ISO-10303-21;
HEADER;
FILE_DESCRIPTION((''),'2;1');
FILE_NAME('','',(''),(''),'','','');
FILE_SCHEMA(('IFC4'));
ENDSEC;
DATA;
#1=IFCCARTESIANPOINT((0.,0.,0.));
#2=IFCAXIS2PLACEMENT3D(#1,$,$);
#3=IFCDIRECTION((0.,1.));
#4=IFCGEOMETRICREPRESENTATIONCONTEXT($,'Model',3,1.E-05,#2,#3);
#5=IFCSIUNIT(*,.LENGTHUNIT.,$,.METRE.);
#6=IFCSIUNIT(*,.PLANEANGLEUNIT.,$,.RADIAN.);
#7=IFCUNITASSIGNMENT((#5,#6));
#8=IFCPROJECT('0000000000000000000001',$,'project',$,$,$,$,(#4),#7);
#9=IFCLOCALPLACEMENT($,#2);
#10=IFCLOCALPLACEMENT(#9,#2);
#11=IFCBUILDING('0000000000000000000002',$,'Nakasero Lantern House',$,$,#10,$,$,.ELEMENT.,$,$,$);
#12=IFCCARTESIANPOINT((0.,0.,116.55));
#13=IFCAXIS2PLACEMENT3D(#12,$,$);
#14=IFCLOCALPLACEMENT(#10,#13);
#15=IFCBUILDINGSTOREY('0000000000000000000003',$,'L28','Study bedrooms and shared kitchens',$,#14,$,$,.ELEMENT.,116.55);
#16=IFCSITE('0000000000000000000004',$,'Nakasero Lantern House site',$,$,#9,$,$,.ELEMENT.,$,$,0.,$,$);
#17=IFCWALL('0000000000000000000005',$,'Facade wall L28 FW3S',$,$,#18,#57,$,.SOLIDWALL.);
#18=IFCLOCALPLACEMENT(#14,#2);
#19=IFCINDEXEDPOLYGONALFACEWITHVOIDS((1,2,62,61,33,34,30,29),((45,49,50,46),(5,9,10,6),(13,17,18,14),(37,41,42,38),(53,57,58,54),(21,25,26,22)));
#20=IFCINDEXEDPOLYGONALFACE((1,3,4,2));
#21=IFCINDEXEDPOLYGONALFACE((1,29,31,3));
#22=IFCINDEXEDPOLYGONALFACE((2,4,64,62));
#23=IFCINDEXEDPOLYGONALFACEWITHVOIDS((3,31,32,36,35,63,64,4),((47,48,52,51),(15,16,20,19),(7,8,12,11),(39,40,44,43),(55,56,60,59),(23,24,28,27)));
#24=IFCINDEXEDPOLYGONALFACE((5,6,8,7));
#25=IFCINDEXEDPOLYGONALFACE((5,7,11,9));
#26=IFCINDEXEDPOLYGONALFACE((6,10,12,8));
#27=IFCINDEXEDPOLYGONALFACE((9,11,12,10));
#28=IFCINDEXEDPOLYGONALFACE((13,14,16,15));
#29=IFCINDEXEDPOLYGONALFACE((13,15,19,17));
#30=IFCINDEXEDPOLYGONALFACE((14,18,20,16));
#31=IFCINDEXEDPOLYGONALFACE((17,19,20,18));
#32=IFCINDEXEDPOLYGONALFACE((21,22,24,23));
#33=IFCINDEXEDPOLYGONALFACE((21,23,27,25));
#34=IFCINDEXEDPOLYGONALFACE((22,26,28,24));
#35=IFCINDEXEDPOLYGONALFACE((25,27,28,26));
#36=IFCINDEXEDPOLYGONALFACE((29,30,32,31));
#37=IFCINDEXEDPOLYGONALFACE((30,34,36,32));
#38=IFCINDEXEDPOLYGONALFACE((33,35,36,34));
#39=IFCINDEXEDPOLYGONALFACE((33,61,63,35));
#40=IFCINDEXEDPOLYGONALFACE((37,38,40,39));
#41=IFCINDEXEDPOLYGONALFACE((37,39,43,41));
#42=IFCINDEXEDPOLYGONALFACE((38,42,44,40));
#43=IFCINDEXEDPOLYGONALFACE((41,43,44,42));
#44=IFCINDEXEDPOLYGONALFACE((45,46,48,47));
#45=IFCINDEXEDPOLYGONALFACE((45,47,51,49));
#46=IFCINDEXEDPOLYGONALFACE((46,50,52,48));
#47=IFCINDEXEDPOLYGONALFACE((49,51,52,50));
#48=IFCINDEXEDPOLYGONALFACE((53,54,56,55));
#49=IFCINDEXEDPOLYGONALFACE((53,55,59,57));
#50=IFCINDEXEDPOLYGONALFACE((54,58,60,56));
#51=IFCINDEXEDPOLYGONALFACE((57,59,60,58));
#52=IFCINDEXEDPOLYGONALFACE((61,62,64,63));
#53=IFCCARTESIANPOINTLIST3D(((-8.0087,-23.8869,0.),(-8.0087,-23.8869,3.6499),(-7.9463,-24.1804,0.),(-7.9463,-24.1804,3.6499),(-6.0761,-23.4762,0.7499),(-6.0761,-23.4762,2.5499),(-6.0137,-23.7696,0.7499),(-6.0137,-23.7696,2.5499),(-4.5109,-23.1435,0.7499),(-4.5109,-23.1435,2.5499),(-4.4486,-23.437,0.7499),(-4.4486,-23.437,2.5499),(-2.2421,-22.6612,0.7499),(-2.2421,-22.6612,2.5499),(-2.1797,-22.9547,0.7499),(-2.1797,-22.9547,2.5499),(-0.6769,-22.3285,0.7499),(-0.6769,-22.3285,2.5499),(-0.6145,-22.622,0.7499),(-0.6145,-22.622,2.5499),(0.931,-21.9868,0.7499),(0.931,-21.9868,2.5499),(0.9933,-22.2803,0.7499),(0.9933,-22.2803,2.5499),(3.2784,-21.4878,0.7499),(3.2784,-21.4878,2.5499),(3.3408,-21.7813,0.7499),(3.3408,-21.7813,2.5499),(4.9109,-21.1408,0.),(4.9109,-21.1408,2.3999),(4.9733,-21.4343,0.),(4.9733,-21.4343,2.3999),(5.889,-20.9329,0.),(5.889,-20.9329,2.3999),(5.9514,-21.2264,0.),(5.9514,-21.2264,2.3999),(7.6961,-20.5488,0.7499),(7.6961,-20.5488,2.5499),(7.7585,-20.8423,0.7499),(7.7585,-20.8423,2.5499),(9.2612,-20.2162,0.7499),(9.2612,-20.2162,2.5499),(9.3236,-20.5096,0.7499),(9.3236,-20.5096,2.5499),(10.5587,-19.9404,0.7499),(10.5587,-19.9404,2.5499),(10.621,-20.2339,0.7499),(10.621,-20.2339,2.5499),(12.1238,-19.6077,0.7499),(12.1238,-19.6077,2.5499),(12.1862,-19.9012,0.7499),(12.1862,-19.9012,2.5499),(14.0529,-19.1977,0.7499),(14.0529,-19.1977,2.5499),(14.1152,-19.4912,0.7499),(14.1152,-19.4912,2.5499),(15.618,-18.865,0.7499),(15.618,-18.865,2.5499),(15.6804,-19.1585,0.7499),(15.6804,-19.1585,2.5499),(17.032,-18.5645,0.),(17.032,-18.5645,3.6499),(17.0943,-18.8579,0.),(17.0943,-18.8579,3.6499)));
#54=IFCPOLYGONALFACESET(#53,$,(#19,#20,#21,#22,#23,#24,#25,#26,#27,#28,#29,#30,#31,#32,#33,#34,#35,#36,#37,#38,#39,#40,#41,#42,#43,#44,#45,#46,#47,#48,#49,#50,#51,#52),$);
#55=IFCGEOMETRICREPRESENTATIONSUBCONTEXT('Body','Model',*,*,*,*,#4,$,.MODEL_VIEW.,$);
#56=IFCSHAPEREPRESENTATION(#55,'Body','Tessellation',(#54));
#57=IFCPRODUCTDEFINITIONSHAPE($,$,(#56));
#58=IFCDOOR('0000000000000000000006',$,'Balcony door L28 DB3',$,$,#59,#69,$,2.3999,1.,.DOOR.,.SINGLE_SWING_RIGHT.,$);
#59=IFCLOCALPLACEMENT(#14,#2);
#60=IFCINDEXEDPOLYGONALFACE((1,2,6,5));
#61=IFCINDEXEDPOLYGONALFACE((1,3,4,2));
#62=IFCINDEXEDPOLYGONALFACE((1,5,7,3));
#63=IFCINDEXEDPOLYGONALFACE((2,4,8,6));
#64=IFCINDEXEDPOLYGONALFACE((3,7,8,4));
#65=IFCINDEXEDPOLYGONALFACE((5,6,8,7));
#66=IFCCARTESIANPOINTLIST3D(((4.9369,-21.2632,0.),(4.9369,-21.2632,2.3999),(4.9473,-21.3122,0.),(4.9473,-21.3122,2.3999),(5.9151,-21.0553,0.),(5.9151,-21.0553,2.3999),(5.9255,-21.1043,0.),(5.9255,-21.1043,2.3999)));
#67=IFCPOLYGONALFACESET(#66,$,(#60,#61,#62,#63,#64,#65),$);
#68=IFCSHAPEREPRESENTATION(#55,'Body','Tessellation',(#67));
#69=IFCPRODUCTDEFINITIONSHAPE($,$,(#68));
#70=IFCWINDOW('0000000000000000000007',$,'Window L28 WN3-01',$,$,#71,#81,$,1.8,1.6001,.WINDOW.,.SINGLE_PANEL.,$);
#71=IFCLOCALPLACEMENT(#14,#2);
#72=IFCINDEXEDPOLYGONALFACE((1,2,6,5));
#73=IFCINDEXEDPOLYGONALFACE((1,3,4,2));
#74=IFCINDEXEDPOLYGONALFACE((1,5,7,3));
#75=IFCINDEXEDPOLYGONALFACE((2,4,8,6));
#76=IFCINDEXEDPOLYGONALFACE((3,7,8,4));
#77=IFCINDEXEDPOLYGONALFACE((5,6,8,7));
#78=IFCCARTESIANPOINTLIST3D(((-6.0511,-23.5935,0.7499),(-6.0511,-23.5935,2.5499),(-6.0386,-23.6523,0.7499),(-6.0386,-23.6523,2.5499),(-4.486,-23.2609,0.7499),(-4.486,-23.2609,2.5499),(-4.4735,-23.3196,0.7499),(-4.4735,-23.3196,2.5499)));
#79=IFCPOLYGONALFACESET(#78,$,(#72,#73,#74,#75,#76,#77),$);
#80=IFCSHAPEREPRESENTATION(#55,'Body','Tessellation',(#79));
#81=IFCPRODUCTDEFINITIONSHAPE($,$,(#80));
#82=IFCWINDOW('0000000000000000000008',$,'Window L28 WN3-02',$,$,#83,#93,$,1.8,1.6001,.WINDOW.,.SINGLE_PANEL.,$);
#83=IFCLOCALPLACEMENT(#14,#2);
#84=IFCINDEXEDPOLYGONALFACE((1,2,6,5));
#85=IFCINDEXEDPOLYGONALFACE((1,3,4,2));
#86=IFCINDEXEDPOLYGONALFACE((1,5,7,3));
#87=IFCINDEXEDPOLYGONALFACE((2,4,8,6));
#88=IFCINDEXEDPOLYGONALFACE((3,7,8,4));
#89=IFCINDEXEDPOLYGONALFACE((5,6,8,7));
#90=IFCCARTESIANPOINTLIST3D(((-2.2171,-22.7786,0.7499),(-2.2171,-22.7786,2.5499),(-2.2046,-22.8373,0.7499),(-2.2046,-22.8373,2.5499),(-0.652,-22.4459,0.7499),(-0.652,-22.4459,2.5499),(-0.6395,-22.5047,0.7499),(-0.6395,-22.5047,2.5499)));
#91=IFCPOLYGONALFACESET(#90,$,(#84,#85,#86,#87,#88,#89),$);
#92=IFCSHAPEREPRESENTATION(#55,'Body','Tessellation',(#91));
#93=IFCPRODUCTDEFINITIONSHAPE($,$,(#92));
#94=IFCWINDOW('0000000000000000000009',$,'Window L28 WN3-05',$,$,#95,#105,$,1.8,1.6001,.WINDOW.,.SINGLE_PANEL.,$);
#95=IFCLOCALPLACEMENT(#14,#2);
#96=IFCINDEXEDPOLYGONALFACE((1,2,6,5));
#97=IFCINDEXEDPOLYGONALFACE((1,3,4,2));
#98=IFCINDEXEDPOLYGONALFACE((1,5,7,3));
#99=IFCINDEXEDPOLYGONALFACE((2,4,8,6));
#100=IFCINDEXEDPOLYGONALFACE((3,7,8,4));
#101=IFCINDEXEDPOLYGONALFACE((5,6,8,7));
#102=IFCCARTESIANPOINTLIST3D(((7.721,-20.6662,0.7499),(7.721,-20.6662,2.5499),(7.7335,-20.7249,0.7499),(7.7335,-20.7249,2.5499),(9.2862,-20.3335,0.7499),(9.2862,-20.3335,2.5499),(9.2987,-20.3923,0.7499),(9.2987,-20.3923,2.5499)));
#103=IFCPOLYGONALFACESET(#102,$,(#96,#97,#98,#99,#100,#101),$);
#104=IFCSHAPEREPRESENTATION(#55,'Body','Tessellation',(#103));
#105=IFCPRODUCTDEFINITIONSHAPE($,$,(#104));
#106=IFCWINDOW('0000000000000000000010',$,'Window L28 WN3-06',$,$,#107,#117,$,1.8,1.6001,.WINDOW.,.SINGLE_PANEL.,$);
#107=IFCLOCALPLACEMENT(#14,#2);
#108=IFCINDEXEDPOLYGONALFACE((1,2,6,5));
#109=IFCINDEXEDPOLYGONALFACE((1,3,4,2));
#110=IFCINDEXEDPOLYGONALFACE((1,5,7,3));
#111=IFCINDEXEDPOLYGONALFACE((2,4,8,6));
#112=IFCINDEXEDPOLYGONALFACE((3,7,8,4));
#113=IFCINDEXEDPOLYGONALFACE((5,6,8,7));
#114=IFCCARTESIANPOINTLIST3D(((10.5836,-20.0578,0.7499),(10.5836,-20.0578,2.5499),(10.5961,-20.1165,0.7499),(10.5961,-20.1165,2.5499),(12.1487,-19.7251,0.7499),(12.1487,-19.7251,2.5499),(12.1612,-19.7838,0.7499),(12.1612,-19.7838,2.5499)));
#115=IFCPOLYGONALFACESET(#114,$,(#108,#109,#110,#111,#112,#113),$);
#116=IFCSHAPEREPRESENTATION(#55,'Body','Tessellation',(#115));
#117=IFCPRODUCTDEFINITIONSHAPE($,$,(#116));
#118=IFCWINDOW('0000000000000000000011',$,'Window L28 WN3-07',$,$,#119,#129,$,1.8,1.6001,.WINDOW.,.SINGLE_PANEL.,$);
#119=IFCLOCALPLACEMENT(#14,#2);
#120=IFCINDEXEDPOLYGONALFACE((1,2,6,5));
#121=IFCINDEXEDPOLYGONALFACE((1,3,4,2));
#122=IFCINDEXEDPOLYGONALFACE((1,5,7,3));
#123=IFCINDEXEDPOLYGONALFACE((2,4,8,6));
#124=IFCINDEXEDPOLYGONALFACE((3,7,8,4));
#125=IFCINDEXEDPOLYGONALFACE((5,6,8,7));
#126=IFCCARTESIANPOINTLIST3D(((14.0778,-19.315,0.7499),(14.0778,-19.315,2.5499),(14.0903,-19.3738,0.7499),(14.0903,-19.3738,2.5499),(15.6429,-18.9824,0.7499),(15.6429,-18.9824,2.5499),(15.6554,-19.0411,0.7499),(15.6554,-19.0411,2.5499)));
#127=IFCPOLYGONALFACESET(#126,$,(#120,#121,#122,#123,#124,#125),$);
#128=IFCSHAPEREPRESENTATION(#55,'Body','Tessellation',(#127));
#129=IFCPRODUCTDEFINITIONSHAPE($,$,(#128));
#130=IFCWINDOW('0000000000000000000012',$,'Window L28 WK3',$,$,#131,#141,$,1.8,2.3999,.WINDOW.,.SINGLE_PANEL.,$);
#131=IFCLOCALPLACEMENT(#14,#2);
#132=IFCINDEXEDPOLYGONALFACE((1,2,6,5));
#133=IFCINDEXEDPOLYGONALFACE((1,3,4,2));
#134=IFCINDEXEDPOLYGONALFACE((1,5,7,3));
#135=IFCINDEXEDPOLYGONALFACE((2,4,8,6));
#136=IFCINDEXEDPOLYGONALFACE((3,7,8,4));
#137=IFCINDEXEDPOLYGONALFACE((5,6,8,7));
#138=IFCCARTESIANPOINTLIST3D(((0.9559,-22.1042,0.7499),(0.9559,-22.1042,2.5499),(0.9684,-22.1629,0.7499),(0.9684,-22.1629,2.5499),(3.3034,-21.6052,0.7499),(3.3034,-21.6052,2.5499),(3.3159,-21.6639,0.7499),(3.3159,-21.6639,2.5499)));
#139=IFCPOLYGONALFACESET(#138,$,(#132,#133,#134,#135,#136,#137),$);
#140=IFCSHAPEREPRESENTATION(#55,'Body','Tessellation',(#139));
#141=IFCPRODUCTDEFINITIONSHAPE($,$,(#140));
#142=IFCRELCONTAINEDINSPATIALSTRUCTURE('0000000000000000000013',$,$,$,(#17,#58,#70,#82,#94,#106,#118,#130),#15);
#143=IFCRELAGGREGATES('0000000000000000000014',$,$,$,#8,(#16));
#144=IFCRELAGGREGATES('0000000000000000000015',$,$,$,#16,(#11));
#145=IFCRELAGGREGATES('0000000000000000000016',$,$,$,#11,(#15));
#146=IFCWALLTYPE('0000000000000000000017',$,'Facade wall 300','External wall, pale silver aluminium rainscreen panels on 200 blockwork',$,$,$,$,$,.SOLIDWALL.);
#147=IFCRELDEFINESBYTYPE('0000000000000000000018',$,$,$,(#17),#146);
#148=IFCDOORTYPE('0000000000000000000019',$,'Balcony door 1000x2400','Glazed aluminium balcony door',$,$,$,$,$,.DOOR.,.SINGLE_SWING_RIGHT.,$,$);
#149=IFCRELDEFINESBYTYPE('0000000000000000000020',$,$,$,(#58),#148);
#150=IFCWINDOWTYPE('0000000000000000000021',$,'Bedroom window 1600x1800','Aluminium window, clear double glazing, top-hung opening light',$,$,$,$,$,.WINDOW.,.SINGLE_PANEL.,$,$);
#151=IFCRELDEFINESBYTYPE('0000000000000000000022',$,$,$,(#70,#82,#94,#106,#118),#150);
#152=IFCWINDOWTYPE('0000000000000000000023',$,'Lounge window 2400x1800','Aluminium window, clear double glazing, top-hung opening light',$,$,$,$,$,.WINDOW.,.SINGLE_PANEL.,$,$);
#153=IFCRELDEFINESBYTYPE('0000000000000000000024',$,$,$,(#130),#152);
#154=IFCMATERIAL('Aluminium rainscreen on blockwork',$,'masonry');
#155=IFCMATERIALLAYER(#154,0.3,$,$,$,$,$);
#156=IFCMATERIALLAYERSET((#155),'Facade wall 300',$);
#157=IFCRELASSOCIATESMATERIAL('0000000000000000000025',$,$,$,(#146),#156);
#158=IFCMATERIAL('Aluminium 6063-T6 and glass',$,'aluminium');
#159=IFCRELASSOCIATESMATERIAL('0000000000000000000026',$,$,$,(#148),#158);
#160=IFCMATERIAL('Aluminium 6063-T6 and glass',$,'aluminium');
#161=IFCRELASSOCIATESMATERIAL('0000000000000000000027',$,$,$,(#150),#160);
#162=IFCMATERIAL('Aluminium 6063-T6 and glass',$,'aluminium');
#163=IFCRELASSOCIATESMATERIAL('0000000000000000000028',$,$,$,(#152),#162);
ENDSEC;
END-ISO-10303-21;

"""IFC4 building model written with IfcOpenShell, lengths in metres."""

from ifc_helpers import new_model, si_unit, direction, frame, frame_2d, origin, place, context, subcontext, project, spatial, rectangle, extrude, material, layer, layer_set, type_object, element, fill, save


model = new_model("IFC4")

# Units and contexts
model_context = context("Model", 3, precision=1e-05, world=origin(), true_north=direction((0.0, 1.0)))
body_context = subcontext(model_context, "Body", "Model", "MODEL_VIEW")
ifc_project = project(units=[si_unit("LENGTHUNIT", "METRE"), si_unit("PLANEANGLEUNIT", "RADIAN")], contexts=[model_context])

# Site, building, storey
site_placement = place(None, origin())
site = spatial("IfcSite", under=ifc_project, at=site_placement, Name="Nakasero Lantern House site", CompositionType="ELEMENT", RefElevation=0.0)
building_placement = place(site_placement, origin())
building = spatial("IfcBuilding", under=site, at=building_placement, Name="Nakasero Lantern House", CompositionType="ELEMENT")
storey_placement = place(building_placement, frame((0.0, 0.0, 116.55)))
storey = spatial("IfcBuildingStorey", under=building, at=storey_placement, Name="L28", Description="Study bedrooms and shared kitchens", CompositionType="ELEMENT", Elevation=116.55)

# Wall, openings, door, windows
ifc_material_1 = material(Name="Aluminium rainscreen on blockwork", Category="masonry")
ifc_layer_1 = layer(ifc_material_1, 0.3)
ifc_layer_set_1 = layer_set([ifc_layer_1], Name="Facade wall 300")
wall_type_1 = type_object("IfcWallType", Name="Facade wall 300", Description="External wall, pale silver aluminium rainscreen panels on 200 blockwork", PredefinedType="SOLIDWALL", material=ifc_layer_set_1)
wall_1_placement = place(storey_placement, frame((-7.9775, -24.0337, 0.0), z_axis=(0.0, 0.0, 1.0), x_axis=(0.978148, 0.207909, 0.0)))
wall_1 = element("IfcWall", 1, at=wall_1_placement, inside=storey, type_object=wall_type_1, Name="Facade wall L28 FW3S", PredefinedType="SOLIDWALL", context=body_context, shape_type="SweptSolid", body=[
    extrude(rectangle(XDim=25.6001, YDim=0.3, at=frame_2d((12.8, 0.0))), origin(), (0.0, 0.0, 1.0), 3.6499),
])
opening_1_placement = place(wall_1_placement, frame((1.9758, 0.0, 0.75)))
opening_1 = element("IfcOpeningElement", 2, at=opening_1_placement, cuts=wall_1, PredefinedType="OPENING", context=body_context, shape_type="SweptSolid", body=[
    extrude(rectangle(XDim=1.6001, YDim=1.8, at=frame_2d((0.8, 0.8999))), frame((0.0, 0.1699, 0.0), z_axis=(0.0, -1.0, 0.0), x_axis=(1.0, 0.0, 0.0)), (0.0, 0.0, 1.0), 0.3401),
])
opening_2_placement = place(wall_1_placement, frame((5.8955, 0.0, 0.75)))
opening_2 = element("IfcOpeningElement", 3, at=opening_2_placement, cuts=wall_1, PredefinedType="OPENING", context=body_context, shape_type="SweptSolid", body=[
    extrude(rectangle(XDim=1.6001, YDim=1.8, at=frame_2d((0.8, 0.8999))), frame((0.0, 0.1699, 0.0), z_axis=(0.0, -1.0, 0.0), x_axis=(1.0, 0.0, 0.0)), (0.0, 0.0, 1.0), 0.3401),
])
opening_3_placement = place(wall_1_placement, frame((16.0557, 0.0, 0.75)))
opening_3 = element("IfcOpeningElement", 4, at=opening_3_placement, cuts=wall_1, PredefinedType="OPENING", context=body_context, shape_type="SweptSolid", body=[
    extrude(rectangle(XDim=1.6001, YDim=1.8, at=frame_2d((0.8, 0.8999))), frame((0.0, 0.1699, 0.0), z_axis=(0.0, -1.0, 0.0), x_axis=(1.0, 0.0, 0.0)), (0.0, 0.0, 1.0), 0.3401),
])
opening_4_placement = place(wall_1_placement, frame((18.9822, 0.0, 0.75)))
opening_4 = element("IfcOpeningElement", 5, at=opening_4_placement, cuts=wall_1, PredefinedType="OPENING", context=body_context, shape_type="SweptSolid", body=[
    extrude(rectangle(XDim=1.6001, YDim=1.8, at=frame_2d((0.8, 0.8999))), frame((0.0, 0.1699, 0.0), z_axis=(0.0, -1.0, 0.0), x_axis=(1.0, 0.0, 0.0)), (0.0, 0.0, 1.0), 0.3401),
])
opening_5_placement = place(wall_1_placement, frame((22.5544, 0.0, 0.75)))
opening_5 = element("IfcOpeningElement", 6, at=opening_5_placement, cuts=wall_1, PredefinedType="OPENING", context=body_context, shape_type="SweptSolid", body=[
    extrude(rectangle(XDim=1.6001, YDim=1.8, at=frame_2d((0.8, 0.8999))), frame((0.0, 0.1699, 0.0), z_axis=(0.0, -1.0, 0.0), x_axis=(1.0, 0.0, 0.0)), (0.0, 0.0, 1.0), 0.3401),
])
opening_6_placement = place(wall_1_placement, frame((9.1394, 0.0, 0.75)))
opening_6 = element("IfcOpeningElement", 7, at=opening_6_placement, cuts=wall_1, PredefinedType="OPENING", context=body_context, shape_type="SweptSolid", body=[
    extrude(rectangle(XDim=2.3999, YDim=1.8, at=frame_2d((1.2, 0.8999))), frame((0.0, 0.1699, 0.0), z_axis=(0.0, -1.0, 0.0), x_axis=(1.0, 0.0, 0.0)), (0.0, 0.0, 1.0), 0.3401),
])
opening_7_placement = place(wall_1_placement, frame((13.2083, 0.0, 0.0)))
opening_7 = element("IfcOpeningElement", 8, at=opening_7_placement, cuts=wall_1, PredefinedType="OPENING", context=body_context, shape_type="SweptSolid", body=[
    extrude(rectangle(XDim=1.0, YDim=2.3999, at=frame_2d((0.5, 1.2))), frame((0.0, 0.1699, 0.0), z_axis=(0.0, -1.0, 0.0), x_axis=(1.0, 0.0, 0.0)), (0.0, 0.0, 1.0), 0.3401),
])
ifc_material_2 = material(Name="Aluminium 6063-T6 and glass", Category="aluminium")
door_type_1 = type_object("IfcDoorType", Name="Balcony door 1000x2400", Description="Glazed aluminium balcony door", OperationType="SINGLE_SWING_RIGHT", PredefinedType="DOOR", material=ifc_material_2)
door_1_placement = place(opening_7_placement, origin())
door_1 = element("IfcDoor", 9, at=door_1_placement, inside=storey, type_object=door_type_1, Name="Balcony door L28 DB3", OperationType="SINGLE_SWING_RIGHT", OverallHeight=2.3999, OverallWidth=1.0, PredefinedType="DOOR", context=body_context, shape_type="SweptSolid", body=[
    extrude(rectangle(XDim=1.0, YDim=2.3999, at=frame_2d((0.5, 1.2))), frame((0.0, 0.0249, 0.0), z_axis=(0.0, -1.0, 0.0), x_axis=(1.0, 0.0, 0.0)), (0.0, 0.0, 1.0), 0.05),
])
fill(opening_7, door_1)
ifc_material_3 = material(Name="Aluminium 6063-T6 and glass", Category="aluminium")
window_type_1 = type_object("IfcWindowType", Name="Bedroom window 1600x1800", Description="Aluminium window, clear double glazing, top-hung opening light", PartitioningType="SINGLE_PANEL", PredefinedType="WINDOW", material=ifc_material_3)
window_1_placement = place(opening_1_placement, origin())
window_1 = element("IfcWindow", 10, at=window_1_placement, inside=storey, type_object=window_type_1, Name="Window L28 WN3-01", OverallHeight=1.8, OverallWidth=1.6001, PartitioningType="SINGLE_PANEL", PredefinedType="WINDOW", context=body_context, shape_type="SweptSolid", body=[
    extrude(rectangle(XDim=1.6001, YDim=1.8, at=frame_2d((0.8, 0.8999))), frame((0.0, 0.03, 0.0), z_axis=(0.0, -1.0, 0.0), x_axis=(1.0, 0.0, 0.0)), (0.0, 0.0, 1.0), 0.0601),
])
fill(opening_1, window_1)
window_2_placement = place(opening_2_placement, origin())
window_2 = element("IfcWindow", 11, at=window_2_placement, inside=storey, type_object=window_type_1, Name="Window L28 WN3-02", OverallHeight=1.8, OverallWidth=1.6001, PartitioningType="SINGLE_PANEL", PredefinedType="WINDOW", context=body_context, shape_type="SweptSolid", body=[
    extrude(rectangle(XDim=1.6001, YDim=1.8, at=frame_2d((0.8, 0.8999))), frame((0.0, 0.03, 0.0), z_axis=(0.0, -1.0, 0.0), x_axis=(1.0, 0.0, 0.0)), (0.0, 0.0, 1.0), 0.0601),
])
fill(opening_2, window_2)
window_3_placement = place(opening_3_placement, origin())
window_3 = element("IfcWindow", 12, at=window_3_placement, inside=storey, type_object=window_type_1, Name="Window L28 WN3-05", OverallHeight=1.8, OverallWidth=1.6001, PartitioningType="SINGLE_PANEL", PredefinedType="WINDOW", context=body_context, shape_type="SweptSolid", body=[
    extrude(rectangle(XDim=1.6001, YDim=1.8, at=frame_2d((0.8, 0.8999))), frame((0.0, 0.03, 0.0), z_axis=(0.0, -1.0, 0.0), x_axis=(1.0, 0.0, 0.0)), (0.0, 0.0, 1.0), 0.0601),
])
fill(opening_3, window_3)
window_4_placement = place(opening_4_placement, origin())
window_4 = element("IfcWindow", 13, at=window_4_placement, inside=storey, type_object=window_type_1, Name="Window L28 WN3-06", OverallHeight=1.8, OverallWidth=1.6001, PartitioningType="SINGLE_PANEL", PredefinedType="WINDOW", context=body_context, shape_type="SweptSolid", body=[
    extrude(rectangle(XDim=1.6001, YDim=1.8, at=frame_2d((0.8, 0.8999))), frame((0.0, 0.03, 0.0), z_axis=(0.0, -1.0, 0.0), x_axis=(1.0, 0.0, 0.0)), (0.0, 0.0, 1.0), 0.0601),
])
fill(opening_4, window_4)
window_5_placement = place(opening_5_placement, origin())
window_5 = element("IfcWindow", 14, at=window_5_placement, inside=storey, type_object=window_type_1, Name="Window L28 WN3-07", OverallHeight=1.8, OverallWidth=1.6001, PartitioningType="SINGLE_PANEL", PredefinedType="WINDOW", context=body_context, shape_type="SweptSolid", body=[
    extrude(rectangle(XDim=1.6001, YDim=1.8, at=frame_2d((0.8, 0.8999))), frame((0.0, 0.03, 0.0), z_axis=(0.0, -1.0, 0.0), x_axis=(1.0, 0.0, 0.0)), (0.0, 0.0, 1.0), 0.0601),
])
fill(opening_5, window_5)
ifc_material_4 = material(Name="Aluminium 6063-T6 and glass", Category="aluminium")
window_type_2 = type_object("IfcWindowType", Name="Lounge window 2400x1800", Description="Aluminium window, clear double glazing, top-hung opening light", PartitioningType="SINGLE_PANEL", PredefinedType="WINDOW", material=ifc_material_4)
window_6_placement = place(opening_6_placement, origin())
window_6 = element("IfcWindow", 15, at=window_6_placement, inside=storey, type_object=window_type_2, Name="Window L28 WK3", OverallHeight=1.8, OverallWidth=2.3999, PartitioningType="SINGLE_PANEL", PredefinedType="WINDOW", context=body_context, shape_type="SweptSolid", body=[
    extrude(rectangle(XDim=2.3999, YDim=1.8, at=frame_2d((1.2, 0.8999))), frame((0.0, 0.03, 0.0), z_axis=(0.0, -1.0, 0.0), x_axis=(1.0, 0.0, 0.0)), (0.0, 0.0, 1.0), 0.0601),
])
fill(opening_6, window_6)

save(model, "model.ifc")
